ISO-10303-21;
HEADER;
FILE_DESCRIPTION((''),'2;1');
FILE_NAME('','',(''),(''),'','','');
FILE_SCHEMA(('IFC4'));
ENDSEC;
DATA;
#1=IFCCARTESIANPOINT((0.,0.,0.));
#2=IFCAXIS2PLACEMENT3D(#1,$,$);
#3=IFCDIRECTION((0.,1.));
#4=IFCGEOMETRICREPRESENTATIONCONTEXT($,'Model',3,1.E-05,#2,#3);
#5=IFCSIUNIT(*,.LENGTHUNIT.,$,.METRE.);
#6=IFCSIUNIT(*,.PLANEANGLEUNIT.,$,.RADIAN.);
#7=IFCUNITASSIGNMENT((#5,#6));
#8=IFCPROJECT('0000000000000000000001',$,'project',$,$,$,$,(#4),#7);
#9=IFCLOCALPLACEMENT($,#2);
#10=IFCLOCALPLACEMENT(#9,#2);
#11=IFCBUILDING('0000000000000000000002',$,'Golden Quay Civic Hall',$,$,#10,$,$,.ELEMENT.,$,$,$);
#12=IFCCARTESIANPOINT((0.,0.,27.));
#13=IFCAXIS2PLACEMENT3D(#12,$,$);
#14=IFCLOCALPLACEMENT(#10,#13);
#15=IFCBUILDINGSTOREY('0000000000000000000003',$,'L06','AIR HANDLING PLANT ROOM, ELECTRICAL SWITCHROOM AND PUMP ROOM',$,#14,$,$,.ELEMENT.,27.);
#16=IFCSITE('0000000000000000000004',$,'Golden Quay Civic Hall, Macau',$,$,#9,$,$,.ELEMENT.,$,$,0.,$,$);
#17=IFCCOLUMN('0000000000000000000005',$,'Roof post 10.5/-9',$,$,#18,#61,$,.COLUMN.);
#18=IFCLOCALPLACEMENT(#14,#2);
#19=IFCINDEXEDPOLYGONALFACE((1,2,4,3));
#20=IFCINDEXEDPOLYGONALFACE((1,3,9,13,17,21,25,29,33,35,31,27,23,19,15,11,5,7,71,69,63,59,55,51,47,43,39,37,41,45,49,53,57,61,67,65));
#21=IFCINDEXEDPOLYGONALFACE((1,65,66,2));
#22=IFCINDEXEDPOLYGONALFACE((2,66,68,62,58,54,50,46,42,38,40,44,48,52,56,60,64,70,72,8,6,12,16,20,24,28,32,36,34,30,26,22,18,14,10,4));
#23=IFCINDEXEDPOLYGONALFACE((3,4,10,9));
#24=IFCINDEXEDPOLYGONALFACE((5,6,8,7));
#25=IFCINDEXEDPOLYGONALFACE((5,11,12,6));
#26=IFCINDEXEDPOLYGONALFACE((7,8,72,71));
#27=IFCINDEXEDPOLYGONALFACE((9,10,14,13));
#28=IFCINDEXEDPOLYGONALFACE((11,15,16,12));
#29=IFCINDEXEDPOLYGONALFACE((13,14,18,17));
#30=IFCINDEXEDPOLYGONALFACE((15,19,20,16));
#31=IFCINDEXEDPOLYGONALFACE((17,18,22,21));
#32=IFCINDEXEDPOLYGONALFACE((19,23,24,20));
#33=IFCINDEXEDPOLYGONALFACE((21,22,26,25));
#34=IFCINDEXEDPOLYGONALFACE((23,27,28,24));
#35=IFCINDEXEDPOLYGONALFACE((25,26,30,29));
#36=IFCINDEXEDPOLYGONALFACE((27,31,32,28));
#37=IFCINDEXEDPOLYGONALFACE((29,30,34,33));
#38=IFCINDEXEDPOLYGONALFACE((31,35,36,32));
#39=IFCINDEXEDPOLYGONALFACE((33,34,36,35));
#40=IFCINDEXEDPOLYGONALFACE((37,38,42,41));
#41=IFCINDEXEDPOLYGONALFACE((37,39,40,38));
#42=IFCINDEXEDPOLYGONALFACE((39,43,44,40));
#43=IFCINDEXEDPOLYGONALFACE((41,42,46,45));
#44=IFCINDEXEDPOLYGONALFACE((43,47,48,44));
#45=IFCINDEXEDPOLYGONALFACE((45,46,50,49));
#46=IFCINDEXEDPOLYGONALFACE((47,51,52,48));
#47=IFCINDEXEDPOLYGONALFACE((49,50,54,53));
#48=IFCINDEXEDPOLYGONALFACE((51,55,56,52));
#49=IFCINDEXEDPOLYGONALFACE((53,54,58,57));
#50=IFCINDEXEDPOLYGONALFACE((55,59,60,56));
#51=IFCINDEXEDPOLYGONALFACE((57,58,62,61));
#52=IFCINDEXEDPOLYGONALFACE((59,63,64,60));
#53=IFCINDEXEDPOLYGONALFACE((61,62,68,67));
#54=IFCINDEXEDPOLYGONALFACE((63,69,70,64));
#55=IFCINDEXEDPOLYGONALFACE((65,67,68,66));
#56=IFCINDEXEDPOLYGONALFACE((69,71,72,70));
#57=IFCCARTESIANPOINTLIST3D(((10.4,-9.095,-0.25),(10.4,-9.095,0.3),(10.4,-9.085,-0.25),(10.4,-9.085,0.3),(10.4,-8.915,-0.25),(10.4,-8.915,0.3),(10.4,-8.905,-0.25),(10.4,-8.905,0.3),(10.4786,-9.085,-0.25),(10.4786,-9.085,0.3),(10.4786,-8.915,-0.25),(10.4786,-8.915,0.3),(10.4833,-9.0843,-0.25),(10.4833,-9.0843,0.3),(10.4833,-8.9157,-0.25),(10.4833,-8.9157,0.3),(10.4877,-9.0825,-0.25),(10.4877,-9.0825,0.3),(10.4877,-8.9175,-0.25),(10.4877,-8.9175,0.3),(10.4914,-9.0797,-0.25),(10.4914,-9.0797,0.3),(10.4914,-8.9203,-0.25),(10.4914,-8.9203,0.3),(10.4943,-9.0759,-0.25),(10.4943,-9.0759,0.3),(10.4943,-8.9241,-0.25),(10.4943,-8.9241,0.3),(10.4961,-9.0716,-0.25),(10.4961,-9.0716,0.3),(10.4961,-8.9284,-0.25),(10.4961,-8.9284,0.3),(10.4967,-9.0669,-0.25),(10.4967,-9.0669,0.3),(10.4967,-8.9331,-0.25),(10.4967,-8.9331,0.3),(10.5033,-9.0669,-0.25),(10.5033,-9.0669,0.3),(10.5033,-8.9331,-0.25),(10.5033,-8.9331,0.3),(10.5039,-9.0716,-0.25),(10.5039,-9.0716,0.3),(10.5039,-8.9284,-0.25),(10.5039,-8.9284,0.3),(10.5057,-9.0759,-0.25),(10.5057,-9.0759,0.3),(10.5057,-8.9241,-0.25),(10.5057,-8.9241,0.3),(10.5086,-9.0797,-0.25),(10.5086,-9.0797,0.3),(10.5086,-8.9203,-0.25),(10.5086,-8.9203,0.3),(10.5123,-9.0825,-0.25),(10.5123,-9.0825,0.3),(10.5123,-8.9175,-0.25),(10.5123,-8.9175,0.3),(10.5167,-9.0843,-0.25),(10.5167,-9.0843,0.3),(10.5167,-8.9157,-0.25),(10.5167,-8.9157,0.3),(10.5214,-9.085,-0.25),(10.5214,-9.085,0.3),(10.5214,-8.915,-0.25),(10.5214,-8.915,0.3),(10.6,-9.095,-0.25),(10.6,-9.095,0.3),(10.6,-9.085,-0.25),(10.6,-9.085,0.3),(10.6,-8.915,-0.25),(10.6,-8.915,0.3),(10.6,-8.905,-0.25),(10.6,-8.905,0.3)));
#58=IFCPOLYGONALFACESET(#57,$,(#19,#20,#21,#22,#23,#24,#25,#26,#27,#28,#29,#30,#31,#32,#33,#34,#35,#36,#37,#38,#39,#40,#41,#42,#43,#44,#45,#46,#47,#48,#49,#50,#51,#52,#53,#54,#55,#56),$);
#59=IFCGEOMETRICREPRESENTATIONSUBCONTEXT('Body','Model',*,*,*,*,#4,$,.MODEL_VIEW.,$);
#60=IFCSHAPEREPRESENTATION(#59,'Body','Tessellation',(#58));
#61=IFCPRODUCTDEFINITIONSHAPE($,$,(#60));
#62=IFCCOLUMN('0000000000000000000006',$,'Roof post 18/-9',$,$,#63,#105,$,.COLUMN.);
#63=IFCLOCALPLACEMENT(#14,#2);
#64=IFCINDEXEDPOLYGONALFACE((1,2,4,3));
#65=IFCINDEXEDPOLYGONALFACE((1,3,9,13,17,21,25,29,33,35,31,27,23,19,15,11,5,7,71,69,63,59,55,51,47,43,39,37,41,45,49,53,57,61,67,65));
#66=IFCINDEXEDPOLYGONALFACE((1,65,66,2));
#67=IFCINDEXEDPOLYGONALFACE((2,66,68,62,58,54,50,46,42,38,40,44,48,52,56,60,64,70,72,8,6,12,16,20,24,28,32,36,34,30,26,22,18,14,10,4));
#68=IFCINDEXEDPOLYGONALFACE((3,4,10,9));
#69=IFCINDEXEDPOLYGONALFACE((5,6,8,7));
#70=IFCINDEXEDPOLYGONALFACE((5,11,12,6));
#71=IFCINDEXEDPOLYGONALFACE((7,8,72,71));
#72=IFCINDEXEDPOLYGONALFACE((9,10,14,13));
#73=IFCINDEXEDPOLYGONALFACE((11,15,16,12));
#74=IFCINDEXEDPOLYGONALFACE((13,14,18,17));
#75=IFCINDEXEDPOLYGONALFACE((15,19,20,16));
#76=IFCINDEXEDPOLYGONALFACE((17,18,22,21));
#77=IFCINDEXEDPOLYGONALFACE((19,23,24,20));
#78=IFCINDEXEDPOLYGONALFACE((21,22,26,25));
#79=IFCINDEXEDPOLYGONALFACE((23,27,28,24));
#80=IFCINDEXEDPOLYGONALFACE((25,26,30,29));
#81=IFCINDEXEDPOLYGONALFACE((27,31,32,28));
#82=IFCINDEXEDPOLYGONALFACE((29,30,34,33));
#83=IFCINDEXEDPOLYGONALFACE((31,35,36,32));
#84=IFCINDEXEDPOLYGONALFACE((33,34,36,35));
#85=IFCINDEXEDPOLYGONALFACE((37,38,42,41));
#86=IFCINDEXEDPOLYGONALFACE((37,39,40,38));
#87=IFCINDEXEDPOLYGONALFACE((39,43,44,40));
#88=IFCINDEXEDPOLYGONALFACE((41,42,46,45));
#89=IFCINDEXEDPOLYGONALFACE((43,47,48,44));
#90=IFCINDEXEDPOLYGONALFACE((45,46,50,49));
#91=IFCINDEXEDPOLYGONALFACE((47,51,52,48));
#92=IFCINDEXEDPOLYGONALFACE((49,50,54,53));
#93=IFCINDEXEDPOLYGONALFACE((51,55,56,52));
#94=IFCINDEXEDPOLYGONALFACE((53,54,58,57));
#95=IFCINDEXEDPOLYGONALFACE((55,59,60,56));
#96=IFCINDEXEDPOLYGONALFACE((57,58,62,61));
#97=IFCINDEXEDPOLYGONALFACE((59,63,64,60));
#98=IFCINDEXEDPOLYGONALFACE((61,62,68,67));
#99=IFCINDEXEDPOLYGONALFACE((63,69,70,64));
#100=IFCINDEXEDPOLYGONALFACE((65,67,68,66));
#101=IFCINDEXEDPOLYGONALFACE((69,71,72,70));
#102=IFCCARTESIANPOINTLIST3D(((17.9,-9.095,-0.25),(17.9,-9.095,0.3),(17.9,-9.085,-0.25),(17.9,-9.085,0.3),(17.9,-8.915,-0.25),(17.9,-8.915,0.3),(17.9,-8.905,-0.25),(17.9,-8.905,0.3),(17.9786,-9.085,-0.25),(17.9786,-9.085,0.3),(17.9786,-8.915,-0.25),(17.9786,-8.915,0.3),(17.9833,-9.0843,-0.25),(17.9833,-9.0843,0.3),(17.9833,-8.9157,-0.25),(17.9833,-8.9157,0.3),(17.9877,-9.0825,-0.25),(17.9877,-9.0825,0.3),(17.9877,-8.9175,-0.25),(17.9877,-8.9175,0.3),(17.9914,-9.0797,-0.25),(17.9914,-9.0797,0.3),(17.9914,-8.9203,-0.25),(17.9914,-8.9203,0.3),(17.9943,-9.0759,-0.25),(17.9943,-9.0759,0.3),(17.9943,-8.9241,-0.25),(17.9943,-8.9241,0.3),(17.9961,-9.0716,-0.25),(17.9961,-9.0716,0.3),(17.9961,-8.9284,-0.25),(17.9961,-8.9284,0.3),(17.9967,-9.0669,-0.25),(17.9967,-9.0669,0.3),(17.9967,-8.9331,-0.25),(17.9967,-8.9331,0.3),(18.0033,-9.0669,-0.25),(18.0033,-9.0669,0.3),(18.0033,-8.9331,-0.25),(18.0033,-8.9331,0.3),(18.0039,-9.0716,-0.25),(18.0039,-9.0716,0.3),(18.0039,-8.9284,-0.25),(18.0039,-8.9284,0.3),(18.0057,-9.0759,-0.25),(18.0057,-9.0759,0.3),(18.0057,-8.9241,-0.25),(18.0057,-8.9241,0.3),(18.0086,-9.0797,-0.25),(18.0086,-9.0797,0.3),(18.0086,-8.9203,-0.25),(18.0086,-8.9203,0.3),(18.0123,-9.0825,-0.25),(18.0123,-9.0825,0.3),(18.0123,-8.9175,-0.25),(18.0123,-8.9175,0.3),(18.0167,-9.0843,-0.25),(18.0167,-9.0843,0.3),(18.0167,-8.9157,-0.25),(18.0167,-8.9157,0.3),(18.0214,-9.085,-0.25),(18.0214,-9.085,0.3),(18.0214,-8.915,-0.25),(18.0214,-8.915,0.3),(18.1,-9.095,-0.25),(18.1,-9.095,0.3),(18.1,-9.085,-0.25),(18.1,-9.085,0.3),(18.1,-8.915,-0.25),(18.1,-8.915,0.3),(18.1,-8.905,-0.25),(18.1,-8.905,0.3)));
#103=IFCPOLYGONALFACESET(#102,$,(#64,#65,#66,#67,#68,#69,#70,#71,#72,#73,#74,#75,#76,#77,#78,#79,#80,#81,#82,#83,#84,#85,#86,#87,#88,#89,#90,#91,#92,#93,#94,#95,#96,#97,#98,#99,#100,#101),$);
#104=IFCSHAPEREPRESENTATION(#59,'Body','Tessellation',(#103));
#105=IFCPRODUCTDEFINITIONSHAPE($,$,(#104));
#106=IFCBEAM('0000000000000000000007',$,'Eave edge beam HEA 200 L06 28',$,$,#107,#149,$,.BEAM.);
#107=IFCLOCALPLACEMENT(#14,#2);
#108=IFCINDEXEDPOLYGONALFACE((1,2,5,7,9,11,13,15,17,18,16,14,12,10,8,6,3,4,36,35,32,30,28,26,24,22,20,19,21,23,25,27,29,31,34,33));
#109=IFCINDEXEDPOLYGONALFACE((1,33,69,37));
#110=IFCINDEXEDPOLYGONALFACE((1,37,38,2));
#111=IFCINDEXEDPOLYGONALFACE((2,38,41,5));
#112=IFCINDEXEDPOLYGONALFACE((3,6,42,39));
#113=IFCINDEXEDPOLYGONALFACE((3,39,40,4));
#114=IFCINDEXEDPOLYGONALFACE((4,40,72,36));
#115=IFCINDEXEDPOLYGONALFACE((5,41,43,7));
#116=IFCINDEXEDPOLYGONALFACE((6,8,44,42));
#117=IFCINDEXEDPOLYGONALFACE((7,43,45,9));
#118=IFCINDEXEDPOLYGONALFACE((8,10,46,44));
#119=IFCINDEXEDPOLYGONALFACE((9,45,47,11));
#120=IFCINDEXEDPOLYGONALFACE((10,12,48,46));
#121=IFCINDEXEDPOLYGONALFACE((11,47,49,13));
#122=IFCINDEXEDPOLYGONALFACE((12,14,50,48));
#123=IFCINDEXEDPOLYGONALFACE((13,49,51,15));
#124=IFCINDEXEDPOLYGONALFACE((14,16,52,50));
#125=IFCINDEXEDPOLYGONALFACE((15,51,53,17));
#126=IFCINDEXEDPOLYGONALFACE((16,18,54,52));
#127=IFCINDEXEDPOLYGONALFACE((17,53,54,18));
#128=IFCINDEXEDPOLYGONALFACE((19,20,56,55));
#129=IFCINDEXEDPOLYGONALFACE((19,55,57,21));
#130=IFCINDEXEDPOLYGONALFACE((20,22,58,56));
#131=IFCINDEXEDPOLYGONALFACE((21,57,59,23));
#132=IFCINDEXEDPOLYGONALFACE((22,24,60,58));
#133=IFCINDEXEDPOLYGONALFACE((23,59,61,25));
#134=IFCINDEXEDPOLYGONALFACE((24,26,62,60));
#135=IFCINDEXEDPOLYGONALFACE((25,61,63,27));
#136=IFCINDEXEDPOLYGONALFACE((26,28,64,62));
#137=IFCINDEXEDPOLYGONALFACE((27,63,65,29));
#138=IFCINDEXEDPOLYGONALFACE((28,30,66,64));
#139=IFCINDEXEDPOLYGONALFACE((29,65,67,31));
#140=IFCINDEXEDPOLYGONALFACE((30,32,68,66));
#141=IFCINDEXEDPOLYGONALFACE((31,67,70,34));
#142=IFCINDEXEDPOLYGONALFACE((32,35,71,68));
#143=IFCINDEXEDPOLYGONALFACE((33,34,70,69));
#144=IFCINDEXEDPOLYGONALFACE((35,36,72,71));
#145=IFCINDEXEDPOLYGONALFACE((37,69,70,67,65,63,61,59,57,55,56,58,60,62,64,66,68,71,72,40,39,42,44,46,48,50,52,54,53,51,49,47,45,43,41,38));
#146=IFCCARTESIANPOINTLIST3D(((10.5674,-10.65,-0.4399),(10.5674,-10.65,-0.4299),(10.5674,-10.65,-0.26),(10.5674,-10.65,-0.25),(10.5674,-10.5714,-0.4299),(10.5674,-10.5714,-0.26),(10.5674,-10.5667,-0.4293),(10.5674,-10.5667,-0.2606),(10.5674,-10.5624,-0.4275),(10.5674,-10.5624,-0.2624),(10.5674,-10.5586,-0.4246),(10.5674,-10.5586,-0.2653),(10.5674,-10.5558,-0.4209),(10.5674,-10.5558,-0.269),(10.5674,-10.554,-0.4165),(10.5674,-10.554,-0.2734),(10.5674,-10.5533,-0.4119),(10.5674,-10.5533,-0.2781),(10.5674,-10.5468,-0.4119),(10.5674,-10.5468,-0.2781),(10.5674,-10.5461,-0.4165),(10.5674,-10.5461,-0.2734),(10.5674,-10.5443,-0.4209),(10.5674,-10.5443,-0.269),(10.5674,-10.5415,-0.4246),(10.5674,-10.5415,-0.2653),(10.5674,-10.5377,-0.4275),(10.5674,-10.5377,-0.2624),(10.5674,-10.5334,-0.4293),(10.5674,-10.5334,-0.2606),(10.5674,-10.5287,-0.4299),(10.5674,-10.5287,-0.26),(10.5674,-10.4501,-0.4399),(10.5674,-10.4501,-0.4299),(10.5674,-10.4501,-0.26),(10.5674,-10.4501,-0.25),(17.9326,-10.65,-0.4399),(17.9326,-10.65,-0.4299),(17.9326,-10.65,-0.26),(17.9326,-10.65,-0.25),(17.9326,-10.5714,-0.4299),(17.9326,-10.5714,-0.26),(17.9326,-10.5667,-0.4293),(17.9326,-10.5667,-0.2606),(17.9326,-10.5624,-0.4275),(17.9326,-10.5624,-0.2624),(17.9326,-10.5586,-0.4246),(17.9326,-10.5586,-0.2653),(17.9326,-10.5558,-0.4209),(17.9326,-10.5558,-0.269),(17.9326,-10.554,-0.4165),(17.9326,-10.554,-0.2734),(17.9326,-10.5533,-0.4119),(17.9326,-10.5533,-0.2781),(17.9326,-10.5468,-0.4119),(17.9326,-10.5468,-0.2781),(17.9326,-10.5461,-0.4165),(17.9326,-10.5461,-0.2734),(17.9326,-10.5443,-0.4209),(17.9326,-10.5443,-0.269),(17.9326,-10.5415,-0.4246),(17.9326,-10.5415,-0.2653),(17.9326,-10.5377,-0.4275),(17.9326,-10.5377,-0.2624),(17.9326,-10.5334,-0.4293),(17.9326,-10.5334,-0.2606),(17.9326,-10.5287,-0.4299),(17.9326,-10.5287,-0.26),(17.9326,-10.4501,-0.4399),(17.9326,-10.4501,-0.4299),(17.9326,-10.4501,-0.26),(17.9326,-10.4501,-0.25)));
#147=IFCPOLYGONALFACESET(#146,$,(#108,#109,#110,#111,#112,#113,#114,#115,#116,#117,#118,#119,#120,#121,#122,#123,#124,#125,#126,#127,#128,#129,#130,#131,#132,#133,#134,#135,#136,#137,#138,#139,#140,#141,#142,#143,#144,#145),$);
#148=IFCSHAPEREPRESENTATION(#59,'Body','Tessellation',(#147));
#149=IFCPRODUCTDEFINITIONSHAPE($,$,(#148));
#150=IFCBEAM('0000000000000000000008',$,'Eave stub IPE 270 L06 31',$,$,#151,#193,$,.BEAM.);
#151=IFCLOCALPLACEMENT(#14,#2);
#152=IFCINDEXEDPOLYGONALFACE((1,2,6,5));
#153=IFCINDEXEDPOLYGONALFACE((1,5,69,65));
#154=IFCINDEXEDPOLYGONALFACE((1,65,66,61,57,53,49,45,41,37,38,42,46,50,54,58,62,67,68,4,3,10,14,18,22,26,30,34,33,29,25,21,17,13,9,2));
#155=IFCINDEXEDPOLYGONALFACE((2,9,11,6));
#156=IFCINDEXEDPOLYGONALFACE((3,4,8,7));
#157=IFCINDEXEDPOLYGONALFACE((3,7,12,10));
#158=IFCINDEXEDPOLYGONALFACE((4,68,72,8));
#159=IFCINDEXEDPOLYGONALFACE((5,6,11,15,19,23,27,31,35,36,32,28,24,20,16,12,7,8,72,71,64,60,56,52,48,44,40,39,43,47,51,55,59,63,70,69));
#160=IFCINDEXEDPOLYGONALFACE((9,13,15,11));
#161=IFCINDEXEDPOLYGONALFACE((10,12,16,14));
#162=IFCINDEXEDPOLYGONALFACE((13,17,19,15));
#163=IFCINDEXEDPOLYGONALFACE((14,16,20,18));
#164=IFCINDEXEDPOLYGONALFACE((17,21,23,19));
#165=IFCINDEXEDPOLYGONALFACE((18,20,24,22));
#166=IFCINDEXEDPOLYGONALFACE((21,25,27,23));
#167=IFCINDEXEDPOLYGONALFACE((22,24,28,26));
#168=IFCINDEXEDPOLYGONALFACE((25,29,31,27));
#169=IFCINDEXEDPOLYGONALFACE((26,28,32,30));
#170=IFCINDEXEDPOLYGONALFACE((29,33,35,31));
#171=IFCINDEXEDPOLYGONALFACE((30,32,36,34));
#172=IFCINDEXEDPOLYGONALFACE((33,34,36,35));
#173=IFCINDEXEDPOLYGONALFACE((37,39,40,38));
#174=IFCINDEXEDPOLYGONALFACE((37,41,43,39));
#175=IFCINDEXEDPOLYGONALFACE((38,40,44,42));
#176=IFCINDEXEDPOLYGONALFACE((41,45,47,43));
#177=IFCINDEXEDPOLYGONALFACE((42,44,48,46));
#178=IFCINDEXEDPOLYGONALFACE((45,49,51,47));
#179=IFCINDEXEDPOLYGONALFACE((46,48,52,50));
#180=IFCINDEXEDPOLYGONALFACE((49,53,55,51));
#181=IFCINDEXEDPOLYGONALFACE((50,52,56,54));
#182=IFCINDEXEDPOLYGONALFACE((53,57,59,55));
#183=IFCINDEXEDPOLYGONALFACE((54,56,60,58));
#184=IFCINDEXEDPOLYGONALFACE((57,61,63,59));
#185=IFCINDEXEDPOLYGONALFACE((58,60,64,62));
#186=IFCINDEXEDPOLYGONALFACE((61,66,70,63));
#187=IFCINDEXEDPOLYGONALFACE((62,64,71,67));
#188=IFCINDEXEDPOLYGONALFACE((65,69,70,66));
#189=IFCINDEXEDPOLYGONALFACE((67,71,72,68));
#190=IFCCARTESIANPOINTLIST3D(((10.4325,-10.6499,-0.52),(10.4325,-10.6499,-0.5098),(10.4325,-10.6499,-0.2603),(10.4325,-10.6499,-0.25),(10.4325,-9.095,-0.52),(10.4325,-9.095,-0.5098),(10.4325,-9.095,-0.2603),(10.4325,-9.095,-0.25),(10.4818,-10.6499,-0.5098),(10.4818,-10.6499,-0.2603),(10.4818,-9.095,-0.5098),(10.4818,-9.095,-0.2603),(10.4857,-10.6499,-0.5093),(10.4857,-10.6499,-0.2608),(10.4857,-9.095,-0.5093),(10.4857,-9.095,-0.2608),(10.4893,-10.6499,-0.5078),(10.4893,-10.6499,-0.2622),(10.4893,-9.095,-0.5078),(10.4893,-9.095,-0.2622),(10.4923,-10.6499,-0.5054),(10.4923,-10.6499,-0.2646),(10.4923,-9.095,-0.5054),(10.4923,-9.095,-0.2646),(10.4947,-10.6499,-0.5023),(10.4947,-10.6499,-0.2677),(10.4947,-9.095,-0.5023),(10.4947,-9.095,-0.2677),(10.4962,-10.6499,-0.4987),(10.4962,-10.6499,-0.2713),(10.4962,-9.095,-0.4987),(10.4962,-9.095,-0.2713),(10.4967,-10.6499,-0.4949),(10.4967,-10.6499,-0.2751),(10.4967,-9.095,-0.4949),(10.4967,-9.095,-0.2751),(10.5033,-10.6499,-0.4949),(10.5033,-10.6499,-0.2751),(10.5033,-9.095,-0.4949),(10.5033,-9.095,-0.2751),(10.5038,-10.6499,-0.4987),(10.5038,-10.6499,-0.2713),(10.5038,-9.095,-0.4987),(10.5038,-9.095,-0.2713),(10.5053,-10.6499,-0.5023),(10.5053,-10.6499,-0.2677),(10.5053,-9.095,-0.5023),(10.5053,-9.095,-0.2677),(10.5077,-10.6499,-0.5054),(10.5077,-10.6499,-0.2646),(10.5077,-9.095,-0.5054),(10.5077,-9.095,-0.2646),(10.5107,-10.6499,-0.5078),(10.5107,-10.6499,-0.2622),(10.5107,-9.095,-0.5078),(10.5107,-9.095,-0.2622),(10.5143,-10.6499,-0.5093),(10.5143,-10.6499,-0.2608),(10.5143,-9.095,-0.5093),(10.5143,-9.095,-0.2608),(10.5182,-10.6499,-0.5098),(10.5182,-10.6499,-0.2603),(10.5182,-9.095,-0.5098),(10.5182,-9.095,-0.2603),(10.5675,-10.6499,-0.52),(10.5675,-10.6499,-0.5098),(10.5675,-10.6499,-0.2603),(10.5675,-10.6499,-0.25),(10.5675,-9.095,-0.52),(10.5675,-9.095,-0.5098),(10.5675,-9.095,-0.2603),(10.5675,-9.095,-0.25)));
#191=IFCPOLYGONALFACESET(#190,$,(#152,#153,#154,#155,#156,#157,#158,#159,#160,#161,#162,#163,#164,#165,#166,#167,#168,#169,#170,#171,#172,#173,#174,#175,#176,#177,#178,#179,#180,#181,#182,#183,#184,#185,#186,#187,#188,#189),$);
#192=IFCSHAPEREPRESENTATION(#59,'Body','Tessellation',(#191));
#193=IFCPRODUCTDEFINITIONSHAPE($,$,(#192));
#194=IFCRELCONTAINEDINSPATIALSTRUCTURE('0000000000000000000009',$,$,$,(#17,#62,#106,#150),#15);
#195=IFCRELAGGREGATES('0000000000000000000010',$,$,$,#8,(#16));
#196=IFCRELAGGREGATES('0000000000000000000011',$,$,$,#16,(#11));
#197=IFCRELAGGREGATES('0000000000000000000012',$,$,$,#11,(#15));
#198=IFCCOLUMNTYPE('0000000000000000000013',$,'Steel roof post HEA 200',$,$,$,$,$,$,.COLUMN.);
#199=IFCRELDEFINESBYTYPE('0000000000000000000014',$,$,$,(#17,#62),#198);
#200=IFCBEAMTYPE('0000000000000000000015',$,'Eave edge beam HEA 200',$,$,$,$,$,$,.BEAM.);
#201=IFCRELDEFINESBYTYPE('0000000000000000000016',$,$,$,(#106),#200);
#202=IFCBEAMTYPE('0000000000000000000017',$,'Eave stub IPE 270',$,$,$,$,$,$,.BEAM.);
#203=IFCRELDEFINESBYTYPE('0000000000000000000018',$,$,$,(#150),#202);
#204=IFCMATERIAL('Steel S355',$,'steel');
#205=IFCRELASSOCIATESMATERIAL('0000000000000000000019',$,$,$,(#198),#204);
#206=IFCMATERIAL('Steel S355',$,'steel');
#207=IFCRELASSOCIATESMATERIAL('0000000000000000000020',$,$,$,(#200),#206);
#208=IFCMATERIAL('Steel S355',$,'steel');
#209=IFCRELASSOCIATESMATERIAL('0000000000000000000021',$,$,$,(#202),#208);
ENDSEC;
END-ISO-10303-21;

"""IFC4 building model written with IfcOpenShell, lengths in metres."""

from ifc_helpers import new_model, si_unit, direction, frame, origin, origin_2d, place, context, subcontext, project, spatial, i_section, extrude, material, material_profile, profile_set, type_object, element, save


model = new_model("IFC4")

# Units and contexts
model_context = context("Model", 3, precision=1e-05, world=origin(), true_north=direction((0.0, 1.0)))
body_context = subcontext(model_context, "Body", "Model", "MODEL_VIEW")
ifc_project = project(units=[si_unit("LENGTHUNIT", "METRE"), si_unit("PLANEANGLEUNIT", "RADIAN")], contexts=[model_context])

# Site, building, storey
site_placement = place(None, origin())
site = spatial("IfcSite", under=ifc_project, at=site_placement, Name="Golden Quay Civic Hall, Macau", CompositionType="ELEMENT", RefElevation=0.0)
building_placement = place(site_placement, origin())
building = spatial("IfcBuilding", under=site, at=building_placement, Name="Golden Quay Civic Hall", CompositionType="ELEMENT")
storey_placement = place(building_placement, frame((0.0, 0.0, 27.0)))
storey = spatial("IfcBuildingStorey", under=building, at=storey_placement, Name="L06", Description="AIR HANDLING PLANT ROOM, ELECTRICAL SWITCHROOM AND PUMP ROOM", CompositionType="ELEMENT", Elevation=27.0)

# Columns
ifc_material_1 = material(Name="Steel S355", Category="steel")
ifc_material_profile_1 = material_profile(ifc_material_1, i_section(OverallWidth=0.2, OverallDepth=0.1899, WebThickness=0.0066, FlangeThickness=0.01, FilletRadius=0.0181, at=origin_2d()), Name="HEA 200")
ifc_profile_set_1 = profile_set([ifc_material_profile_1], Name="Steel S355")
column_type = type_object("IfcColumnType", Name="Steel roof post HEA 200", PredefinedType="COLUMN", material=ifc_profile_set_1)
for number, where, z_axis, x_axis, name in (
    (1, (10.5, -9.0, -0.25), (0.0, 0.0, 1.0), (1.0, 0.0, 0.0), "Roof post 10.5/-9"),
    (2, (18.0, -9.0, -0.25), (0.0, 0.0, 1.0), (1.0, 0.0, 0.0), "Roof post 18/-9"),
):
    element("IfcColumn", number, at=place(storey_placement, frame(where, z_axis=z_axis, x_axis=x_axis)), inside=storey, type_object=column_type, Name=name, PredefinedType="COLUMN", context=body_context, shape_type="SweptSolid", body=[
        extrude(i_section(OverallWidth=0.2, OverallDepth=0.1899, WebThickness=0.0066, FlangeThickness=0.01, FilletRadius=0.0181, at=origin_2d()), origin(), (0.0, 0.0, 1.0), 0.55),
    ])

# Beams
ifc_material_2 = material(Name="Steel S355", Category="steel")
ifc_material_profile_2 = material_profile(ifc_material_2, i_section(OverallWidth=0.2, OverallDepth=0.1899, WebThickness=0.0066, FlangeThickness=0.01, FilletRadius=0.0181, at=origin_2d()), Name="HEA 200")
ifc_profile_set_2 = profile_set([ifc_material_profile_2], Name="Steel S355")
beam_type_1 = type_object("IfcBeamType", Name="Eave edge beam HEA 200", PredefinedType="BEAM", material=ifc_profile_set_2)
beam_1_placement = place(storey_placement, frame((10.5674, -10.55, -0.345), z_axis=(1.0, 0.0, 0.0), x_axis=(0.0, 1.0, 0.0)))
element("IfcBeam", 3, at=beam_1_placement, inside=storey, type_object=beam_type_1, Name="Eave edge beam HEA 200 L06 28", PredefinedType="BEAM", context=body_context, shape_type="SweptSolid", body=[
    extrude(i_section(OverallWidth=0.2, OverallDepth=0.1899, WebThickness=0.0066, FlangeThickness=0.01, FilletRadius=0.0181, at=origin_2d()), origin(), (0.0, 0.0, 1.0), 7.3652),
])
ifc_material_3 = material(Name="Steel S355", Category="steel")
ifc_material_profile_3 = material_profile(ifc_material_3, i_section(OverallWidth=0.135, OverallDepth=0.27, WebThickness=0.0066, FlangeThickness=0.0103, FilletRadius=0.0149, at=origin_2d()), Name="IPE 270")
ifc_profile_set_3 = profile_set([ifc_material_profile_3], Name="Steel S355")
beam_type_2 = type_object("IfcBeamType", Name="Eave stub IPE 270", PredefinedType="BEAM", material=ifc_profile_set_3)
for number, where, z_axis, x_axis, name in (
    (4, (10.5, -9.095, -0.385), (0.0, -1.0, 0.0), (1.0, 0.0, 0.0), "Eave stub IPE 270 L06 31"),
):
    element("IfcBeam", number, at=place(storey_placement, frame(where, z_axis=z_axis, x_axis=x_axis)), inside=storey, type_object=beam_type_2, Name=name, PredefinedType="BEAM", context=body_context, shape_type="SweptSolid", body=[
        extrude(i_section(OverallWidth=0.135, OverallDepth=0.27, WebThickness=0.0066, FlangeThickness=0.0103, FilletRadius=0.0149, at=origin_2d()), origin(), (0.0, 0.0, 1.0), 1.5549),
    ])

save(model, "model.ifc")
